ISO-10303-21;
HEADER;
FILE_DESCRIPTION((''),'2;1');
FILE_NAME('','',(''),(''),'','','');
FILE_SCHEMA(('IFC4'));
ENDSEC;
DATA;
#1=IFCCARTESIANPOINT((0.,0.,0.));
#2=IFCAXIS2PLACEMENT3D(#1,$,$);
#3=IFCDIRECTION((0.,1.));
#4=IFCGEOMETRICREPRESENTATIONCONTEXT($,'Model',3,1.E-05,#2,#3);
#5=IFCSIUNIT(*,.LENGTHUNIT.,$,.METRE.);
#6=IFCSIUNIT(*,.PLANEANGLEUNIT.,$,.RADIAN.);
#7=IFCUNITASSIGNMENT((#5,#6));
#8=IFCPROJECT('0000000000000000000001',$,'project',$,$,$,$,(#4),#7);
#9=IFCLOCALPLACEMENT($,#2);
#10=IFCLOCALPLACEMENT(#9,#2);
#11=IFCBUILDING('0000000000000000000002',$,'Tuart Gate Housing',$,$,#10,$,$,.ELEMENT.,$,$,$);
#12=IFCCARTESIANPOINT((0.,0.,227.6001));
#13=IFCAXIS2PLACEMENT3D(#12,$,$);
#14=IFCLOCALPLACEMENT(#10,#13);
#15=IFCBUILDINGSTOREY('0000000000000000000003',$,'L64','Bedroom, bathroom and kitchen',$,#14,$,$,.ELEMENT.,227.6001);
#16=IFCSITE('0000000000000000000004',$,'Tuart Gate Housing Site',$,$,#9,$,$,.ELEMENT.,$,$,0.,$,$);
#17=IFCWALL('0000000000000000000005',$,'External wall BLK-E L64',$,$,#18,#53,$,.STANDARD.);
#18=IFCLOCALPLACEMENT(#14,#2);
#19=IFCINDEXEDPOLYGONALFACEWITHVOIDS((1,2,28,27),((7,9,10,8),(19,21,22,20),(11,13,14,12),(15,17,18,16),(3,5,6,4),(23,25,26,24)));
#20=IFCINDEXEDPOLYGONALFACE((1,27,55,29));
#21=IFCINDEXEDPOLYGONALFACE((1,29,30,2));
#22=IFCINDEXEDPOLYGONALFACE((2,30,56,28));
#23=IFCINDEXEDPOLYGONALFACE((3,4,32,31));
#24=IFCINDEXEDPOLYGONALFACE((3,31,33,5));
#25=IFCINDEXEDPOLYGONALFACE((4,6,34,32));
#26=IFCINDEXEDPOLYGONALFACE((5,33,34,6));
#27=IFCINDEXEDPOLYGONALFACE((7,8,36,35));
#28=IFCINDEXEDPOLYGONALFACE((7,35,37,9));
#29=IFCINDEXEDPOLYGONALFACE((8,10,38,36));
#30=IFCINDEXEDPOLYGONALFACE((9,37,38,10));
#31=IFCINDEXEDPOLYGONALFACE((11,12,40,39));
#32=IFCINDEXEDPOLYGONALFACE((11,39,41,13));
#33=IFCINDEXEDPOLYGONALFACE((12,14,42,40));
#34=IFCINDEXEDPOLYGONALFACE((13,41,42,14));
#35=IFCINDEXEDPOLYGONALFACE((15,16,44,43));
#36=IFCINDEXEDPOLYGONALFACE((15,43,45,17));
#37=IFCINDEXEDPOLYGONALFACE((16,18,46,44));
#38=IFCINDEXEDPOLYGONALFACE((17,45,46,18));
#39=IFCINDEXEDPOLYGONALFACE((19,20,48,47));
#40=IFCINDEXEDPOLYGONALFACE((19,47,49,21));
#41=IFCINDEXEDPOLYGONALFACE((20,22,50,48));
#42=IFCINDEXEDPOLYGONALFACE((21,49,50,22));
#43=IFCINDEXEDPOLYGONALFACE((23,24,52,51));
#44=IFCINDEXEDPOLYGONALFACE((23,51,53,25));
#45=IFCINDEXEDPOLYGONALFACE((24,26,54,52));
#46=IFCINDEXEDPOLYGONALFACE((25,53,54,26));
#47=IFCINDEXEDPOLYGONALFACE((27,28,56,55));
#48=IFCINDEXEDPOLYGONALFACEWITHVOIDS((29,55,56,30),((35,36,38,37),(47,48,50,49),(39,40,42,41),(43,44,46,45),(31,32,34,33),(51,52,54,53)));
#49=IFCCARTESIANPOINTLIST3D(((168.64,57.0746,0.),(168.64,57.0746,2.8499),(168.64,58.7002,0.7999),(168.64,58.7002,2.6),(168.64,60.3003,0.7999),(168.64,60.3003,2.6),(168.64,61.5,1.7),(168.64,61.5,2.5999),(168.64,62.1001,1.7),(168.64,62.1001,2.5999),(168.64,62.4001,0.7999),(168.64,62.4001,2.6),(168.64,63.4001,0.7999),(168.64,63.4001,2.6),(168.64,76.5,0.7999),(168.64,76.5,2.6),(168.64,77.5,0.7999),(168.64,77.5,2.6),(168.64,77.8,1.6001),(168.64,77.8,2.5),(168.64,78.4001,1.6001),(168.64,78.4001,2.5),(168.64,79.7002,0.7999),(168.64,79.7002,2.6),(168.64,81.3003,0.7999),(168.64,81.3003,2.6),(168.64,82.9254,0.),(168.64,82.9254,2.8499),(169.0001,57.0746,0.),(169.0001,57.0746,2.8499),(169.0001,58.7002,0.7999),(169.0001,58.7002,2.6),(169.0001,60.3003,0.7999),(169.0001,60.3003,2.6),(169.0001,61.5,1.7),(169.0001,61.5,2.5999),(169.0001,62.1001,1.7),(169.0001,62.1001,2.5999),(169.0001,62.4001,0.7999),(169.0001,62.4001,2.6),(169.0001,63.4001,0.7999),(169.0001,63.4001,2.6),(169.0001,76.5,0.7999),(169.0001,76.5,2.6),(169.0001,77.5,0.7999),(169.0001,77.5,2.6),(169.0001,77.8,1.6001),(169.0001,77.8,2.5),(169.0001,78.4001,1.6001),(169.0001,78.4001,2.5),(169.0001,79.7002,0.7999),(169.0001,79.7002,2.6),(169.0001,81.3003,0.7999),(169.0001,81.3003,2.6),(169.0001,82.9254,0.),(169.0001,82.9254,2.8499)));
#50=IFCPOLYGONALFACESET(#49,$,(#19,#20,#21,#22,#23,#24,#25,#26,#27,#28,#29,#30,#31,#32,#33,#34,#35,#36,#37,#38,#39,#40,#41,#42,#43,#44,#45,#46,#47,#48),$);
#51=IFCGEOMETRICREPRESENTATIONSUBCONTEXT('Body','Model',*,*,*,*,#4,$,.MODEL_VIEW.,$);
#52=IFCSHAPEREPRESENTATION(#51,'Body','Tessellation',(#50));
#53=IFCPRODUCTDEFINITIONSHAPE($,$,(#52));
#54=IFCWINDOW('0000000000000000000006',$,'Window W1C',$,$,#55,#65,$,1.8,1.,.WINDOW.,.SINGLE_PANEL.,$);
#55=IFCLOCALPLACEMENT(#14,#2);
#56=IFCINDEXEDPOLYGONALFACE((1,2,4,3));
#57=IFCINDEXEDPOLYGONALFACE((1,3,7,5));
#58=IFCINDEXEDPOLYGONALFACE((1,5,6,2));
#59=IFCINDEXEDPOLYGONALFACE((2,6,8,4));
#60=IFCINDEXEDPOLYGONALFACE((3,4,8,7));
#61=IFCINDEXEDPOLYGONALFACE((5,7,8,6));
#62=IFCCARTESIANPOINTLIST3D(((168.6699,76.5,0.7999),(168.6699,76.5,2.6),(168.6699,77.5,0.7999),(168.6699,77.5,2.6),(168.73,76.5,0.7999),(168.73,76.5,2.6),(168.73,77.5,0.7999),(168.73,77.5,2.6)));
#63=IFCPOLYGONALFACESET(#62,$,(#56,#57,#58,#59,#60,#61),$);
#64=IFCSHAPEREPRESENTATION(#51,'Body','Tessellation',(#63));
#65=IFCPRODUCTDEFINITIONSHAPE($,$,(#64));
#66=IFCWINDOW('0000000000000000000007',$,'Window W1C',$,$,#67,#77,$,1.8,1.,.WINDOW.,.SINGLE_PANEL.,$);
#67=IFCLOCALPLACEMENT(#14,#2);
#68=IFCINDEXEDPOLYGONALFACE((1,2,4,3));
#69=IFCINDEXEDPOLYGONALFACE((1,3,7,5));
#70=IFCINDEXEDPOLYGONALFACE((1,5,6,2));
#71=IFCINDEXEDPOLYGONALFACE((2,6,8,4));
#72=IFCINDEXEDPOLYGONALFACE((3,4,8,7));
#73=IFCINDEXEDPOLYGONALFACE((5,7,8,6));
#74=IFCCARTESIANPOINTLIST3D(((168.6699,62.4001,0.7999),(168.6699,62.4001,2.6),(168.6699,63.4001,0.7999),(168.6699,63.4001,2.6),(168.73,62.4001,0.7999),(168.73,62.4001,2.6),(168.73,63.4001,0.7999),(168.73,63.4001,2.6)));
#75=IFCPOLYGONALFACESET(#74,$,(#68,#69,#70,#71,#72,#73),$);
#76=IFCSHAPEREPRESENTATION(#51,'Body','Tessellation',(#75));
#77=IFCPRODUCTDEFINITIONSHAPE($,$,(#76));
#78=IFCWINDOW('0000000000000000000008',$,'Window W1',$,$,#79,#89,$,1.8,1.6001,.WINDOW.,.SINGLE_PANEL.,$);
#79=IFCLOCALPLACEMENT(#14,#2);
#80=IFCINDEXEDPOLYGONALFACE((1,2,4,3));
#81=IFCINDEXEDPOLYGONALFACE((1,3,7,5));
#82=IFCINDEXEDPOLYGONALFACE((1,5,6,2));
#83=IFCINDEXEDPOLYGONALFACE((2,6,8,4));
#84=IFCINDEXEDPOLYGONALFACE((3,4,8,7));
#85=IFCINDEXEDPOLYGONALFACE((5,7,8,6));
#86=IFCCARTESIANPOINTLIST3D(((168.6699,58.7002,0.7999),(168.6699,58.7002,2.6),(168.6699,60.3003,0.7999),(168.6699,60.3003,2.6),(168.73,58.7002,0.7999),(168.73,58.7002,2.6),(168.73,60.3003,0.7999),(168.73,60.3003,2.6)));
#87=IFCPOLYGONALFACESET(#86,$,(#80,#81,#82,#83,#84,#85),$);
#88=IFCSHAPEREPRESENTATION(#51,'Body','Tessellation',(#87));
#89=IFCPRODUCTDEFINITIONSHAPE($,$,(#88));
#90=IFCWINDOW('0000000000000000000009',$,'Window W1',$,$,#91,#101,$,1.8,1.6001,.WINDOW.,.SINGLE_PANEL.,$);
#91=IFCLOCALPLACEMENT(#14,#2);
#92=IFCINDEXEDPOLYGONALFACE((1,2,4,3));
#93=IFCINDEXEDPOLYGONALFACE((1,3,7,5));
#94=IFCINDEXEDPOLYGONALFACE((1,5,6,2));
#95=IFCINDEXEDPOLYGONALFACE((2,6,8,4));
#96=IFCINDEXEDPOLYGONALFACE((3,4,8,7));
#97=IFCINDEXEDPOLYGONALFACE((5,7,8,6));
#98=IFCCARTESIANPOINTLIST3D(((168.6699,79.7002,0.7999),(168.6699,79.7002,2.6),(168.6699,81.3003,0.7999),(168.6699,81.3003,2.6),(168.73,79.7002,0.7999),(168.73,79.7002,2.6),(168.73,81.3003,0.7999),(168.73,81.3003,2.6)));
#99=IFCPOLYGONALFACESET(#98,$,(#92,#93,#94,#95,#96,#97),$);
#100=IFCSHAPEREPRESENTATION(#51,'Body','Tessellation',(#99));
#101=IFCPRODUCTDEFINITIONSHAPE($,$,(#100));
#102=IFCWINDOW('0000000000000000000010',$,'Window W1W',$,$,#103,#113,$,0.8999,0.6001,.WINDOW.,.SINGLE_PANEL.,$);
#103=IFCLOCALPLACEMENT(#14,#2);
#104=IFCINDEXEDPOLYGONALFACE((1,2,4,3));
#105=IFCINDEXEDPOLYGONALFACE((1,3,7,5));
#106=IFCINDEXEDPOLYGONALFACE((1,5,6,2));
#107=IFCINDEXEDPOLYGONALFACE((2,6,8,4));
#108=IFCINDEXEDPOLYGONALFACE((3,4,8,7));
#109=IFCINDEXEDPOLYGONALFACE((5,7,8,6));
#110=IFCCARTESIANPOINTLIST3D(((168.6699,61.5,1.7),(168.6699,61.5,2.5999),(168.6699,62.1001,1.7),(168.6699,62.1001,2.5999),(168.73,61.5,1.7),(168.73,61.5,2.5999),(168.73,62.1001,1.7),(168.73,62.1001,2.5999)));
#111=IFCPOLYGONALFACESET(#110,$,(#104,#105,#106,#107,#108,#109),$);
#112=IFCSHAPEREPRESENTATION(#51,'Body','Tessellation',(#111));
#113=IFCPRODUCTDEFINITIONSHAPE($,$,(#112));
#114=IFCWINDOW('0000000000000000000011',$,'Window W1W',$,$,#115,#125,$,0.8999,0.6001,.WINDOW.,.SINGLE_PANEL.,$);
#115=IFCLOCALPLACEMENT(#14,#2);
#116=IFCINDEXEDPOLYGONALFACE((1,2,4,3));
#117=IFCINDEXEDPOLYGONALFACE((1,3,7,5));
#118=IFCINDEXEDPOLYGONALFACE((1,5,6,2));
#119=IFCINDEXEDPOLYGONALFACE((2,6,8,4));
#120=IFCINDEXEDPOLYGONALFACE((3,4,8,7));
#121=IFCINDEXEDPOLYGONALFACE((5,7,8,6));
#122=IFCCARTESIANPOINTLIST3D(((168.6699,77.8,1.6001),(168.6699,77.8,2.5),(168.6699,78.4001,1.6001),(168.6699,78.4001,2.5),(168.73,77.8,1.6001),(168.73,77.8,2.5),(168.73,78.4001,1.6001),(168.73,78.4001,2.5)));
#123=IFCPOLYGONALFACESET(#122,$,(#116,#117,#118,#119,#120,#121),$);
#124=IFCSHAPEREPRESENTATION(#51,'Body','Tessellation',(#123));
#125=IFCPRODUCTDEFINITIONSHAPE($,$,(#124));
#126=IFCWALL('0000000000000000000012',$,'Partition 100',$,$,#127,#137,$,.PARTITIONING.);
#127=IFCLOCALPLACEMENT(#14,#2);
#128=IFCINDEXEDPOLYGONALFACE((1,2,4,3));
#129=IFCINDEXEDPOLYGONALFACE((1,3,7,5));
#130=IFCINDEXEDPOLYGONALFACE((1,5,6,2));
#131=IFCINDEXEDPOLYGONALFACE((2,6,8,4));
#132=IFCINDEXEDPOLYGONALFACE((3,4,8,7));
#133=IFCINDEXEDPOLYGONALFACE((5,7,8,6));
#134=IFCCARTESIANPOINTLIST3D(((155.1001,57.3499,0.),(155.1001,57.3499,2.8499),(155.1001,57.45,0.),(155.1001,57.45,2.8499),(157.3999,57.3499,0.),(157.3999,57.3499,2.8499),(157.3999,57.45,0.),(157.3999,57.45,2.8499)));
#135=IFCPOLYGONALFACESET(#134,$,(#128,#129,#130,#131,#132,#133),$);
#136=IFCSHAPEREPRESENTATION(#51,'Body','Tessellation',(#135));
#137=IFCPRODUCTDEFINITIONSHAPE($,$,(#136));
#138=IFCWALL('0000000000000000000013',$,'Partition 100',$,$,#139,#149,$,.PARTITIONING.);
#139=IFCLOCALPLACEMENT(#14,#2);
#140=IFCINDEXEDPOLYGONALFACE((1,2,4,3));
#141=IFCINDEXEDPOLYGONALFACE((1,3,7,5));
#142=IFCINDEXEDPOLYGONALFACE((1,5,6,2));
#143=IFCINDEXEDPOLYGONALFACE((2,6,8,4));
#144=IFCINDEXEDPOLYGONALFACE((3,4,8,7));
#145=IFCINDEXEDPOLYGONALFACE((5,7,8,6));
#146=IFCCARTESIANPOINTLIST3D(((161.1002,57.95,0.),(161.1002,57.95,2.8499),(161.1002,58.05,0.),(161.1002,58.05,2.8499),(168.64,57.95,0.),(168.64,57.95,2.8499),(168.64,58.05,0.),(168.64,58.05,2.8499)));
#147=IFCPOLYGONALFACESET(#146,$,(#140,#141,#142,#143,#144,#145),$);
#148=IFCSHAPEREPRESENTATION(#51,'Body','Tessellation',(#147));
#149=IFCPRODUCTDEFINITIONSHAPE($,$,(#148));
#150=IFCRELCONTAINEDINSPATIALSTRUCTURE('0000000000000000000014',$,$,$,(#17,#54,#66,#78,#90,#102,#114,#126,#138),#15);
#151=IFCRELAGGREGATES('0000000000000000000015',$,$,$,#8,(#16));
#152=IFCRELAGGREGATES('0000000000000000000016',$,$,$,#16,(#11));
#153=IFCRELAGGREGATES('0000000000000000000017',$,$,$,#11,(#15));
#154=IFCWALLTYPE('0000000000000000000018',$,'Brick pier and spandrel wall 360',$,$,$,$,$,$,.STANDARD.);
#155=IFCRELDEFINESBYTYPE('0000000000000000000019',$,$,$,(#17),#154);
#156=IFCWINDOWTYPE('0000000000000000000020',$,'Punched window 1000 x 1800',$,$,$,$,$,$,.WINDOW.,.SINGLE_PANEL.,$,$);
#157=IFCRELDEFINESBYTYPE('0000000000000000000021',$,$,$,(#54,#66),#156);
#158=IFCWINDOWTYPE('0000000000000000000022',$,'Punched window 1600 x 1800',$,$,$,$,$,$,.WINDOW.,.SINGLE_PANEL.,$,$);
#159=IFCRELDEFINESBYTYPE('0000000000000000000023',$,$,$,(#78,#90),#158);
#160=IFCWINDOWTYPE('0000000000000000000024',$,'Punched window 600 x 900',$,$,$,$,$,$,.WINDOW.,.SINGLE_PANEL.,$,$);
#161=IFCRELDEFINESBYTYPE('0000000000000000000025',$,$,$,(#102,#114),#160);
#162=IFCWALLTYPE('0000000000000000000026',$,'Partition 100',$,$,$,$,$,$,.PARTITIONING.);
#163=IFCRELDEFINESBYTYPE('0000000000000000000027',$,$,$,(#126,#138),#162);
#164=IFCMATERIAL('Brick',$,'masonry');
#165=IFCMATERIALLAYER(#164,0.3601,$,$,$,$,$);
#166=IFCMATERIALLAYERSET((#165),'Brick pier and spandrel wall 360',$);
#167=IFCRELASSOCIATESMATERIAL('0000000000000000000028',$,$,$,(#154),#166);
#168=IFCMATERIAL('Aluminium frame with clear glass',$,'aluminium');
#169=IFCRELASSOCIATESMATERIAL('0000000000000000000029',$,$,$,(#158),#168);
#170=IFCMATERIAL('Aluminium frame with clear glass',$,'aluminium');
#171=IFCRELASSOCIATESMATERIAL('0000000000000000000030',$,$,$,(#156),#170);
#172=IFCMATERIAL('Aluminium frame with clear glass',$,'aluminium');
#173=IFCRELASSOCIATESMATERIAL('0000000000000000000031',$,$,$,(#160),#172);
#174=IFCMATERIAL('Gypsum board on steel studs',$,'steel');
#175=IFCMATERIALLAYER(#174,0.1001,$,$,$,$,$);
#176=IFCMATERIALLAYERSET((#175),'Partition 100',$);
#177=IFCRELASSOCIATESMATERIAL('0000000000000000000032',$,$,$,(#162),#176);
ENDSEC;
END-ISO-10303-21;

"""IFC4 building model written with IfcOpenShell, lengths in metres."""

from ifc_helpers import new_model, si_unit, direction, frame, frame_2d, origin, place, context, subcontext, project, spatial, rectangle, extrude, material, layer, layer_set, type_object, element, fill, save


model = new_model("IFC4")

# Units and contexts
model_context = context("Model", 3, precision=1e-05, world=origin(), true_north=direction((0.0, 1.0)))
body_context = subcontext(model_context, "Body", "Model", "MODEL_VIEW")
ifc_project = project(units=[si_unit("LENGTHUNIT", "METRE"), si_unit("PLANEANGLEUNIT", "RADIAN")], contexts=[model_context])

# Site, building, storey
site_placement = place(None, origin())
site = spatial("IfcSite", under=ifc_project, at=site_placement, Name="Tuart Gate Housing Site", CompositionType="ELEMENT", RefElevation=0.0)
building_placement = place(site_placement, origin())
building = spatial("IfcBuilding", under=site, at=building_placement, Name="Tuart Gate Housing", CompositionType="ELEMENT")
storey_placement = place(building_placement, frame((0.0, 0.0, 227.6001)))
storey = spatial("IfcBuildingStorey", under=building, at=storey_placement, Name="L64", Description="Bedroom, bathroom and kitchen", CompositionType="ELEMENT", Elevation=227.6001)

# Shared definitions
ifc_material_1 = material(Name="Brick", Category="masonry")
ifc_layer_1 = layer(ifc_material_1, 0.3601)
ifc_layer_set_1 = layer_set([ifc_layer_1], Name="Brick pier and spandrel wall 360")
wall_type_1 = type_object("IfcWallType", Name="Brick pier and spandrel wall 360", PredefinedType="STANDARD", material=ifc_layer_set_1)
ifc_material_2 = material(Name="Aluminium frame with clear glass", Category="aluminium")
window_type_1 = type_object("IfcWindowType", Name="Punched window 1600 x 1800", PartitioningType="SINGLE_PANEL", PredefinedType="WINDOW", material=ifc_material_2)

# Wall, openings, windows
wall_1_placement = place(storey_placement, frame((168.8201, 57.0747, 0.0), z_axis=(0.0, 0.0, 1.0), x_axis=(0.0, 1.0, 0.0)))
wall_1 = element("IfcWall", 1, at=wall_1_placement, inside=storey, type_object=wall_type_1, Name="External wall BLK-E L64", PredefinedType="STANDARD", context=body_context, shape_type="SweptSolid", body=[
    extrude(rectangle(XDim=25.8508, YDim=0.3601, at=frame_2d((12.9253, 0.0))), origin(), (0.0, 0.0, 1.0), 2.8499),
])
opening_1_placement = place(wall_1_placement, frame((1.6255, 0.0, 0.8)))
opening_1 = element("IfcOpeningElement", 2, at=opening_1_placement, cuts=wall_1, PredefinedType="OPENING", context=body_context, shape_type="SweptSolid", body=[
    extrude(rectangle(XDim=1.6001, YDim=1.8, at=frame_2d((0.8, 0.8999))), frame((0.0, 0.1899, 0.0), z_axis=(0.0, -1.0, 0.0), x_axis=(1.0, 0.0, 0.0)), (0.0, 0.0, 1.0), 0.3801),
])
opening_2_placement = place(wall_1_placement, frame((4.4253, 0.0, 1.7)))
opening_2 = element("IfcOpeningElement", 3, at=opening_2_placement, cuts=wall_1, PredefinedType="OPENING", context=body_context, shape_type="SweptSolid", body=[
    extrude(rectangle(XDim=0.6001, YDim=0.8999, at=frame_2d((0.3, 0.45))), frame((0.0, 0.1899, 0.0), z_axis=(0.0, -1.0, 0.0), x_axis=(1.0, 0.0, 0.0)), (0.0, 0.0, 1.0), 0.3801),
])
opening_3_placement = place(wall_1_placement, frame((19.4253, 0.0, 0.8)))
opening_3 = element("IfcOpeningElement", 4, at=opening_3_placement, cuts=wall_1, PredefinedType="OPENING", context=body_context, shape_type="SweptSolid", body=[
    extrude(rectangle(XDim=1.0, YDim=1.8, at=frame_2d((0.5, 0.8999))), frame((0.0, 0.1899, 0.0), z_axis=(0.0, -1.0, 0.0), x_axis=(1.0, 0.0, 0.0)), (0.0, 0.0, 1.0), 0.3801),
])
opening_4_placement = place(wall_1_placement, frame((22.6255, 0.0, 0.8)))
opening_4 = element("IfcOpeningElement", 5, at=opening_4_placement, cuts=wall_1, PredefinedType="OPENING", context=body_context, shape_type="SweptSolid", body=[
    extrude(rectangle(XDim=1.6001, YDim=1.8, at=frame_2d((0.8, 0.8999))), frame((0.0, 0.1899, 0.0), z_axis=(0.0, -1.0, 0.0), x_axis=(1.0, 0.0, 0.0)), (0.0, 0.0, 1.0), 0.3801),
])
opening_5_placement = place(wall_1_placement, frame((5.3254, 0.0, 0.8)))
opening_5 = element("IfcOpeningElement", 6, at=opening_5_placement, cuts=wall_1, PredefinedType="OPENING", context=body_context, shape_type="SweptSolid", body=[
    extrude(rectangle(XDim=1.0, YDim=1.8, at=frame_2d((0.5, 0.8999))), frame((0.0, 0.1899, 0.0), z_axis=(0.0, -1.0, 0.0), x_axis=(1.0, 0.0, 0.0)), (0.0, 0.0, 1.0), 0.3801),
])
opening_6_placement = place(wall_1_placement, frame((20.7253, 0.0, 1.6001)))
opening_6 = element("IfcOpeningElement", 7, at=opening_6_placement, cuts=wall_1, PredefinedType="OPENING", context=body_context, shape_type="SweptSolid", body=[
    extrude(rectangle(XDim=0.6001, YDim=0.8999, at=frame_2d((0.3, 0.45))), frame((0.0, 0.1899, 0.0), z_axis=(0.0, -1.0, 0.0), x_axis=(1.0, 0.0, 0.0)), (0.0, 0.0, 1.0), 0.3801),
])
ifc_material_3 = material(Name="Aluminium frame with clear glass", Category="aluminium")
window_type_2 = type_object("IfcWindowType", Name="Punched window 1000 x 1800", PartitioningType="SINGLE_PANEL", PredefinedType="WINDOW", material=ifc_material_3)
window_1_placement = place(opening_3_placement, origin())
window_1 = element("IfcWindow", 8, at=window_1_placement, inside=storey, type_object=window_type_2, Name="Window W1C", OverallHeight=1.8, OverallWidth=1.0, PartitioningType="SINGLE_PANEL", PredefinedType="WINDOW", context=body_context, shape_type="SweptSolid", body=[
    extrude(rectangle(XDim=1.0, YDim=1.8, at=frame_2d((0.5, 0.8999))), frame((0.0, 0.1501, 0.0), z_axis=(0.0, -1.0, 0.0), x_axis=(1.0, 0.0, 0.0)), (0.0, 0.0, 1.0), 0.0601),
])
fill(opening_3, window_1)
window_2_placement = place(opening_5_placement, origin())
window_2 = element("IfcWindow", 9, at=window_2_placement, inside=storey, type_object=window_type_2, Name="Window W1C", OverallHeight=1.8, OverallWidth=1.0, PartitioningType="SINGLE_PANEL", PredefinedType="WINDOW", context=body_context, shape_type="SweptSolid", body=[
    extrude(rectangle(XDim=1.0, YDim=1.8, at=frame_2d((0.5, 0.8999))), frame((0.0, 0.1501, 0.0), z_axis=(0.0, -1.0, 0.0), x_axis=(1.0, 0.0, 0.0)), (0.0, 0.0, 1.0), 0.0601),
])
fill(opening_5, window_2)
window_3_placement = place(opening_1_placement, origin())
window_3 = element("IfcWindow", 10, at=window_3_placement, inside=storey, type_object=window_type_1, Name="Window W1", OverallHeight=1.8, OverallWidth=1.6001, PartitioningType="SINGLE_PANEL", PredefinedType="WINDOW", context=body_context, shape_type="SweptSolid", body=[
    extrude(rectangle(XDim=1.6001, YDim=1.8, at=frame_2d((0.8, 0.8999))), frame((0.0, 0.1501, 0.0), z_axis=(0.0, -1.0, 0.0), x_axis=(1.0, 0.0, 0.0)), (0.0, 0.0, 1.0), 0.0601),
])
fill(opening_1, window_3)
window_4_placement = place(opening_4_placement, origin())
window_4 = element("IfcWindow", 11, at=window_4_placement, inside=storey, type_object=window_type_1, Name="Window W1", OverallHeight=1.8, OverallWidth=1.6001, PartitioningType="SINGLE_PANEL", PredefinedType="WINDOW", context=body_context, shape_type="SweptSolid", body=[
    extrude(rectangle(XDim=1.6001, YDim=1.8, at=frame_2d((0.8, 0.8999))), frame((0.0, 0.1501, 0.0), z_axis=(0.0, -1.0, 0.0), x_axis=(1.0, 0.0, 0.0)), (0.0, 0.0, 1.0), 0.0601),
])
fill(opening_4, window_4)
ifc_material_4 = material(Name="Aluminium frame with clear glass", Category="aluminium")
window_type_3 = type_object("IfcWindowType", Name="Punched window 600 x 900", PartitioningType="SINGLE_PANEL", PredefinedType="WINDOW", material=ifc_material_4)
window_5_placement = place(opening_2_placement, origin())
window_5 = element("IfcWindow", 12, at=window_5_placement, inside=storey, type_object=window_type_3, Name="Window W1W", OverallHeight=0.8999, OverallWidth=0.6001, PartitioningType="SINGLE_PANEL", PredefinedType="WINDOW", context=body_context, shape_type="SweptSolid", body=[
    extrude(rectangle(XDim=0.6001, YDim=0.8999, at=frame_2d((0.3, 0.45))), frame((0.0, 0.1501, 0.0), z_axis=(0.0, -1.0, 0.0), x_axis=(1.0, 0.0, 0.0)), (0.0, 0.0, 1.0), 0.0601),
])
fill(opening_2, window_5)
window_6_placement = place(opening_6_placement, origin())
window_6 = element("IfcWindow", 13, at=window_6_placement, inside=storey, type_object=window_type_3, Name="Window W1W", OverallHeight=0.8999, OverallWidth=0.6001, PartitioningType="SINGLE_PANEL", PredefinedType="WINDOW", context=body_context, shape_type="SweptSolid", body=[
    extrude(rectangle(XDim=0.6001, YDim=0.8999, at=frame_2d((0.3, 0.45))), frame((0.0, 0.1501, 0.0), z_axis=(0.0, -1.0, 0.0), x_axis=(1.0, 0.0, 0.0)), (0.0, 0.0, 1.0), 0.0601),
])
fill(opening_6, window_6)

# Walls
ifc_material_5 = material(Name="Gypsum board on steel studs", Category="steel")
ifc_layer_2 = layer(ifc_material_5, 0.1001)
ifc_layer_set_2 = layer_set([ifc_layer_2], Name="Partition 100")
wall_type_2 = type_object("IfcWallType", Name="Partition 100", PredefinedType="PARTITIONING", material=ifc_layer_set_2)
wall_2_placement = place(storey_placement, frame((155.1001, 57.3999, 0.0), z_axis=(0.0, 0.0, 1.0), x_axis=(1.0, 0.0, 0.0)))
element("IfcWall", 14, at=wall_2_placement, inside=storey, type_object=wall_type_2, Name="Partition 100", PredefinedType="PARTITIONING", context=body_context, shape_type="SweptSolid", body=[
    extrude(rectangle(XDim=2.2998, YDim=0.1001, at=frame_2d((1.1499, 0.0))), origin(), (0.0, 0.0, 1.0), 2.8499),
])
wall_3_placement = place(storey_placement, frame((161.1001, 58.0, 0.0), z_axis=(0.0, 0.0, 1.0), x_axis=(1.0, 0.0, 0.0)))
element("IfcWall", 15, at=wall_3_placement, inside=storey, type_object=wall_type_2, Name="Partition 100", PredefinedType="PARTITIONING", context=body_context, shape_type="SweptSolid", body=[
    extrude(rectangle(XDim=7.5398, YDim=0.1001, at=frame_2d((3.77, 0.0))), origin(), (0.0, 0.0, 1.0), 2.8499),
])

save(model, "model.ifc")
